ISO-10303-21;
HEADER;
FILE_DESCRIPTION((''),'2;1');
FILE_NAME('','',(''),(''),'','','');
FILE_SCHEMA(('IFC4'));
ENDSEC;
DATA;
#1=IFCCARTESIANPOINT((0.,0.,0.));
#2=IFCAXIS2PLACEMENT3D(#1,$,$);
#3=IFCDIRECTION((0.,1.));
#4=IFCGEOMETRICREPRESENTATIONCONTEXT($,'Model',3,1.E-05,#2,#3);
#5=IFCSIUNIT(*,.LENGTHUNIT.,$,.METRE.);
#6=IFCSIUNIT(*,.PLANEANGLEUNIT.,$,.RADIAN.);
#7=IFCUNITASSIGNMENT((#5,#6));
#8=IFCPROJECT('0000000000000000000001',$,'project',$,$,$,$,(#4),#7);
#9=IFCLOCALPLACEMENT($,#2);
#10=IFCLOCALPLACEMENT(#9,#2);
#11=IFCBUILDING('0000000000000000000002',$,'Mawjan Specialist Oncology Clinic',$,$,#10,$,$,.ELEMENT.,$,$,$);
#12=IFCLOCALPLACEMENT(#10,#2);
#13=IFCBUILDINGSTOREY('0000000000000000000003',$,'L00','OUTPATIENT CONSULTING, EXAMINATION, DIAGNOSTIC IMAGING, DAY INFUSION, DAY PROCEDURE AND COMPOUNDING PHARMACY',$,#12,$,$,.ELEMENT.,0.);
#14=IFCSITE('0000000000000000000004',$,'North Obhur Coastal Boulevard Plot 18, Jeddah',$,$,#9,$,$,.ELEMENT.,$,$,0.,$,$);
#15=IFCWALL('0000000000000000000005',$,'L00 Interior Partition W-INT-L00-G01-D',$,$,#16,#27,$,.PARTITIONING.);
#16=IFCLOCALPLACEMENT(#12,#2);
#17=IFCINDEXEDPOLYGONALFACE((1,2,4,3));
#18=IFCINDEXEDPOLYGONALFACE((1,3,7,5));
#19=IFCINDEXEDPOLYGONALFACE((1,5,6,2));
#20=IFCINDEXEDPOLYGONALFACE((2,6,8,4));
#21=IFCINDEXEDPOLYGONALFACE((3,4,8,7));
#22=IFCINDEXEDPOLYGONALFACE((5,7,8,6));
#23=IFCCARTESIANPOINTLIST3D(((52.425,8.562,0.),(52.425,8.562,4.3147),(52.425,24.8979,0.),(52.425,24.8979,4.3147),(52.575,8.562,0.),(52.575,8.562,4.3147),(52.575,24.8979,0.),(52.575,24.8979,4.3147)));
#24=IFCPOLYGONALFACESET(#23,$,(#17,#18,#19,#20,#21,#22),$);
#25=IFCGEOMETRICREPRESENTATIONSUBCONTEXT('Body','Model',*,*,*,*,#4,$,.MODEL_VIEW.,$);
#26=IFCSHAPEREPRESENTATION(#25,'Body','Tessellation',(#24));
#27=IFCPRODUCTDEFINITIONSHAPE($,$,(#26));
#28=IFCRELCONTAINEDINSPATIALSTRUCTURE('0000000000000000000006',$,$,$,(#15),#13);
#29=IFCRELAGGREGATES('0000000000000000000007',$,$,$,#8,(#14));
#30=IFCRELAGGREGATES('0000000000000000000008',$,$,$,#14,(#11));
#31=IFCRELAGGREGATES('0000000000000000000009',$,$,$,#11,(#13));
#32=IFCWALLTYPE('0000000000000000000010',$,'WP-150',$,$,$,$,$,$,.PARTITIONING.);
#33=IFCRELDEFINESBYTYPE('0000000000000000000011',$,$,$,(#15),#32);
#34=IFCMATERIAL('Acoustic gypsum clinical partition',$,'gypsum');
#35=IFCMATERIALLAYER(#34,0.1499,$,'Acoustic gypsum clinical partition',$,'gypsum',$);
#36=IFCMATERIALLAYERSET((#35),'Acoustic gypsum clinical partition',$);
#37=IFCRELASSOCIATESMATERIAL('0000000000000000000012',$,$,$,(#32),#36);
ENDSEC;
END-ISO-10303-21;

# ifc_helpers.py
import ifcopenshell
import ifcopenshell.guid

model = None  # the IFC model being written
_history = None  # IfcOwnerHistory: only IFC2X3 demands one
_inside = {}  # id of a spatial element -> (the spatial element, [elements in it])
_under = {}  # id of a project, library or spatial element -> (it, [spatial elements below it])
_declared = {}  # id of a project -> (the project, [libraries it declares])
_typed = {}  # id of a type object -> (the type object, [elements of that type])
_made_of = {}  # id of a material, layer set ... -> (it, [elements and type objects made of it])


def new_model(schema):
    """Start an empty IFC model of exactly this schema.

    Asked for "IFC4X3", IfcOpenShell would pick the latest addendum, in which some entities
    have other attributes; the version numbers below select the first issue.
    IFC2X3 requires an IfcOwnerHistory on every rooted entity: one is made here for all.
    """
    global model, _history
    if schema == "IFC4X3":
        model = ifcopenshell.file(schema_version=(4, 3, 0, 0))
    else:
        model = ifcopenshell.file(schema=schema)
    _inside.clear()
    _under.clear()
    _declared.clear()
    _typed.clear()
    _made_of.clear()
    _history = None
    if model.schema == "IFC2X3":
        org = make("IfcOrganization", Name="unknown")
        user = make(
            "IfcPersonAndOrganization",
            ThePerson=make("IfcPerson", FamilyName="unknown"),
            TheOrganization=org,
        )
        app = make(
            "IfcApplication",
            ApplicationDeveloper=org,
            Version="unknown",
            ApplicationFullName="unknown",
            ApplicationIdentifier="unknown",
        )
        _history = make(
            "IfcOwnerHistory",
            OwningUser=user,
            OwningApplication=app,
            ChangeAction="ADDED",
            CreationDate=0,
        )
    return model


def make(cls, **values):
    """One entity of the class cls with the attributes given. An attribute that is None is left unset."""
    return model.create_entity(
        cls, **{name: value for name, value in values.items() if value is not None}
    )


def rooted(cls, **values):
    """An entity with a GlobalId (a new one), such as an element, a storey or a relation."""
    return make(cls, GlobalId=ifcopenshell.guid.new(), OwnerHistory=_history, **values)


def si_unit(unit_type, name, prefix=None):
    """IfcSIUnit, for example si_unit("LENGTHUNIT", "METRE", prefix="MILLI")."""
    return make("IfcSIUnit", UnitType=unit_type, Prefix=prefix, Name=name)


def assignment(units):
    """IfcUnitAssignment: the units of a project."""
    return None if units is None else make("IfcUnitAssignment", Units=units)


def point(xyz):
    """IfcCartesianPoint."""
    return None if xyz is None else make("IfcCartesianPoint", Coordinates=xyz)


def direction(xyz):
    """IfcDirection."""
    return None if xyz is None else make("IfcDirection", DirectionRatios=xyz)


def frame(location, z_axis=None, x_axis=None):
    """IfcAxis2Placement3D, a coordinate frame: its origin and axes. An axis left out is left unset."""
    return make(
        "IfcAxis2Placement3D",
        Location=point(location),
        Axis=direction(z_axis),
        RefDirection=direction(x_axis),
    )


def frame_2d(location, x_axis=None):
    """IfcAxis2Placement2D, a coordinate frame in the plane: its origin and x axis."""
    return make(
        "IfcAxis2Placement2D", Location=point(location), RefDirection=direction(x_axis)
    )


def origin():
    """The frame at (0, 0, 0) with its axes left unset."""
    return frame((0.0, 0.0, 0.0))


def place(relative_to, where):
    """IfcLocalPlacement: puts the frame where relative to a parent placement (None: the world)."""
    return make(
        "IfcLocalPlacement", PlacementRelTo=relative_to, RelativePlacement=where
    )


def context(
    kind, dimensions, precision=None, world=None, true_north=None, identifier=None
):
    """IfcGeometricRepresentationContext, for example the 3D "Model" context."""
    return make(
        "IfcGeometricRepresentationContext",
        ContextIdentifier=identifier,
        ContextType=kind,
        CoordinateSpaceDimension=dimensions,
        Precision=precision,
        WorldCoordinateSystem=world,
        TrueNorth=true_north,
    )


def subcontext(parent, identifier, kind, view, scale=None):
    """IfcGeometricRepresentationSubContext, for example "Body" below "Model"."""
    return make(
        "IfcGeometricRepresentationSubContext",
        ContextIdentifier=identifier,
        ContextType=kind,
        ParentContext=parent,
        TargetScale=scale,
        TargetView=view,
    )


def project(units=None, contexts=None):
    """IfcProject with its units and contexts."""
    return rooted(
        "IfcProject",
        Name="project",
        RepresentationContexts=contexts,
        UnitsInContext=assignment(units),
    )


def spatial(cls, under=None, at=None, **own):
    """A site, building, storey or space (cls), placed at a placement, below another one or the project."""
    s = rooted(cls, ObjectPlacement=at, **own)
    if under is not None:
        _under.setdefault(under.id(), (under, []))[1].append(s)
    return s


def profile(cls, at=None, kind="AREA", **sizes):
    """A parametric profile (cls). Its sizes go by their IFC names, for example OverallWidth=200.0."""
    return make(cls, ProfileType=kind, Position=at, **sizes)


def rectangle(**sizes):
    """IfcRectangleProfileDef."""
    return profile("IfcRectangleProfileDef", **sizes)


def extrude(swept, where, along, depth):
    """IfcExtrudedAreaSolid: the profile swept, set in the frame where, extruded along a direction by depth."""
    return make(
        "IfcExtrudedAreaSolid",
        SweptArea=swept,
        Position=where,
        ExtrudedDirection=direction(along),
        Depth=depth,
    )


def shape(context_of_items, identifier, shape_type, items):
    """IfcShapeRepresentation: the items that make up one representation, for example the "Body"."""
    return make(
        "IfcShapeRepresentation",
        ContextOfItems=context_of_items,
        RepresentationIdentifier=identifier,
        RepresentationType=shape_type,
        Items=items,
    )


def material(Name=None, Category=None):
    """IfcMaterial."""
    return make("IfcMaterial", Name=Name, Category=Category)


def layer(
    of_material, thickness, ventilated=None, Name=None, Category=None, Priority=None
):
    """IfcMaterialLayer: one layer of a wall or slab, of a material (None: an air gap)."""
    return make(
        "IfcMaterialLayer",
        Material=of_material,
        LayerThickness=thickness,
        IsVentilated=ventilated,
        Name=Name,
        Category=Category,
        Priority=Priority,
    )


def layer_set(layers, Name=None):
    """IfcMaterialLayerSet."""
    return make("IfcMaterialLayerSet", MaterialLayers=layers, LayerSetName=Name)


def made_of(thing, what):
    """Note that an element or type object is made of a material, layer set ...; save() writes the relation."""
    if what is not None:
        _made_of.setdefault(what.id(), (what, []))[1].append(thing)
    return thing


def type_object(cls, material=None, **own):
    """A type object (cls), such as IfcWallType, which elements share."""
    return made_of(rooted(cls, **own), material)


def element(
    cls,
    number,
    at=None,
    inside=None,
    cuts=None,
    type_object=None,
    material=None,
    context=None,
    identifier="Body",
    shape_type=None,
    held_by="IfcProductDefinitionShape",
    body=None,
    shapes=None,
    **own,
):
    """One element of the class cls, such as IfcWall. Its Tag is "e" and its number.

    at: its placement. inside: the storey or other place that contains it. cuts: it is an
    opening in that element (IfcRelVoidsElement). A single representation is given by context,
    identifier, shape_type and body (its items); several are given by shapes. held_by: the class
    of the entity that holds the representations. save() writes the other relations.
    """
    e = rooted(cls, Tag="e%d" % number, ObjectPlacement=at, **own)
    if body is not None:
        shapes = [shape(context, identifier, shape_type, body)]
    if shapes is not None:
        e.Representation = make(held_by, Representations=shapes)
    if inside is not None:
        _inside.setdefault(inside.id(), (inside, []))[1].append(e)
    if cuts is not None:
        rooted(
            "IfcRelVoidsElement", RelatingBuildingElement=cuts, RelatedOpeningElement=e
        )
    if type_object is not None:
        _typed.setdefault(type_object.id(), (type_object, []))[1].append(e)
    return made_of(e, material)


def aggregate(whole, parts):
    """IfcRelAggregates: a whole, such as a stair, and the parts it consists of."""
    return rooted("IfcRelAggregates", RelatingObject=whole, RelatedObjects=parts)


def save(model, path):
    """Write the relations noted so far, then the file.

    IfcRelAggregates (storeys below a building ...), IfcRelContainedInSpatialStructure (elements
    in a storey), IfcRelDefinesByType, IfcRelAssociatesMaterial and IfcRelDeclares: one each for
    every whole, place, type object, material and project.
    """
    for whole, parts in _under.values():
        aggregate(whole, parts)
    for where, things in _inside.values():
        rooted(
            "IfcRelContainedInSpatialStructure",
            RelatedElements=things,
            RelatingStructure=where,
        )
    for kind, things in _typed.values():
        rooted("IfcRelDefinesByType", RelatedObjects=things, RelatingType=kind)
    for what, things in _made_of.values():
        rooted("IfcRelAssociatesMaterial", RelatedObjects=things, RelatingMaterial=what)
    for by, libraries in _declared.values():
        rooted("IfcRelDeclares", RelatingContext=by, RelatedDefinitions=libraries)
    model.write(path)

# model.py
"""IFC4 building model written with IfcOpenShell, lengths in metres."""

from ifc_helpers import new_model, si_unit, direction, frame, frame_2d, origin, place, context, subcontext, project, spatial, rectangle, extrude, material, layer, layer_set, type_object, element, save


model = new_model("IFC4")

# Units and contexts
model_context = context("Model", 3, precision=1e-05, world=origin(), true_north=direction((0.0, 1.0)))
body_context = subcontext(model_context, "Body", "Model", "MODEL_VIEW")
ifc_project = project(units=[si_unit("LENGTHUNIT", "METRE"), si_unit("PLANEANGLEUNIT", "RADIAN")], contexts=[model_context])

# Site, building, storey
site_placement = place(None, origin())
site = spatial("IfcSite", under=ifc_project, at=site_placement, Name="North Obhur Coastal Boulevard Plot 18, Jeddah", CompositionType="ELEMENT", RefElevation=0.0)
building_placement = place(site_placement, origin())
building = spatial("IfcBuilding", under=site, at=building_placement, Name="Mawjan Specialist Oncology Clinic", CompositionType="ELEMENT")
storey_placement = place(building_placement, origin())
storey = spatial("IfcBuildingStorey", under=building, at=storey_placement, Name="L00", Description="OUTPATIENT CONSULTING, EXAMINATION, DIAGNOSTIC IMAGING, DAY INFUSION, DAY PROCEDURE AND COMPOUNDING PHARMACY", CompositionType="ELEMENT", Elevation=0.0)

# Wall
ifc_material_1 = material(Name="Acoustic gypsum clinical partition", Category="gypsum")
ifc_layer_1 = layer(ifc_material_1, 0.1499, Name="Acoustic gypsum clinical partition", Category="gypsum")
ifc_layer_set_1 = layer_set([ifc_layer_1], Name="Acoustic gypsum clinical partition")
wall_type_1 = type_object("IfcWallType", Name="WP-150", PredefinedType="PARTITIONING", material=ifc_layer_set_1)
wall_1_placement = place(storey_placement, frame((52.5, 8.562, 0.0), z_axis=(0.0, 0.0, 1.0), x_axis=(0.0, 1.0, 0.0)))
element("IfcWall", 1, at=wall_1_placement, inside=storey, type_object=wall_type_1, Name="L00 Interior Partition W-INT-L00-G01-D", PredefinedType="PARTITIONING", context=body_context, shape_type="SweptSolid", body=[
    extrude(rectangle(XDim=16.3359, YDim=0.1499, at=frame_2d((8.168, 0.0))), origin(), (0.0, 0.0, 1.0), 4.3147),
])

save(model, "model.ifc")
